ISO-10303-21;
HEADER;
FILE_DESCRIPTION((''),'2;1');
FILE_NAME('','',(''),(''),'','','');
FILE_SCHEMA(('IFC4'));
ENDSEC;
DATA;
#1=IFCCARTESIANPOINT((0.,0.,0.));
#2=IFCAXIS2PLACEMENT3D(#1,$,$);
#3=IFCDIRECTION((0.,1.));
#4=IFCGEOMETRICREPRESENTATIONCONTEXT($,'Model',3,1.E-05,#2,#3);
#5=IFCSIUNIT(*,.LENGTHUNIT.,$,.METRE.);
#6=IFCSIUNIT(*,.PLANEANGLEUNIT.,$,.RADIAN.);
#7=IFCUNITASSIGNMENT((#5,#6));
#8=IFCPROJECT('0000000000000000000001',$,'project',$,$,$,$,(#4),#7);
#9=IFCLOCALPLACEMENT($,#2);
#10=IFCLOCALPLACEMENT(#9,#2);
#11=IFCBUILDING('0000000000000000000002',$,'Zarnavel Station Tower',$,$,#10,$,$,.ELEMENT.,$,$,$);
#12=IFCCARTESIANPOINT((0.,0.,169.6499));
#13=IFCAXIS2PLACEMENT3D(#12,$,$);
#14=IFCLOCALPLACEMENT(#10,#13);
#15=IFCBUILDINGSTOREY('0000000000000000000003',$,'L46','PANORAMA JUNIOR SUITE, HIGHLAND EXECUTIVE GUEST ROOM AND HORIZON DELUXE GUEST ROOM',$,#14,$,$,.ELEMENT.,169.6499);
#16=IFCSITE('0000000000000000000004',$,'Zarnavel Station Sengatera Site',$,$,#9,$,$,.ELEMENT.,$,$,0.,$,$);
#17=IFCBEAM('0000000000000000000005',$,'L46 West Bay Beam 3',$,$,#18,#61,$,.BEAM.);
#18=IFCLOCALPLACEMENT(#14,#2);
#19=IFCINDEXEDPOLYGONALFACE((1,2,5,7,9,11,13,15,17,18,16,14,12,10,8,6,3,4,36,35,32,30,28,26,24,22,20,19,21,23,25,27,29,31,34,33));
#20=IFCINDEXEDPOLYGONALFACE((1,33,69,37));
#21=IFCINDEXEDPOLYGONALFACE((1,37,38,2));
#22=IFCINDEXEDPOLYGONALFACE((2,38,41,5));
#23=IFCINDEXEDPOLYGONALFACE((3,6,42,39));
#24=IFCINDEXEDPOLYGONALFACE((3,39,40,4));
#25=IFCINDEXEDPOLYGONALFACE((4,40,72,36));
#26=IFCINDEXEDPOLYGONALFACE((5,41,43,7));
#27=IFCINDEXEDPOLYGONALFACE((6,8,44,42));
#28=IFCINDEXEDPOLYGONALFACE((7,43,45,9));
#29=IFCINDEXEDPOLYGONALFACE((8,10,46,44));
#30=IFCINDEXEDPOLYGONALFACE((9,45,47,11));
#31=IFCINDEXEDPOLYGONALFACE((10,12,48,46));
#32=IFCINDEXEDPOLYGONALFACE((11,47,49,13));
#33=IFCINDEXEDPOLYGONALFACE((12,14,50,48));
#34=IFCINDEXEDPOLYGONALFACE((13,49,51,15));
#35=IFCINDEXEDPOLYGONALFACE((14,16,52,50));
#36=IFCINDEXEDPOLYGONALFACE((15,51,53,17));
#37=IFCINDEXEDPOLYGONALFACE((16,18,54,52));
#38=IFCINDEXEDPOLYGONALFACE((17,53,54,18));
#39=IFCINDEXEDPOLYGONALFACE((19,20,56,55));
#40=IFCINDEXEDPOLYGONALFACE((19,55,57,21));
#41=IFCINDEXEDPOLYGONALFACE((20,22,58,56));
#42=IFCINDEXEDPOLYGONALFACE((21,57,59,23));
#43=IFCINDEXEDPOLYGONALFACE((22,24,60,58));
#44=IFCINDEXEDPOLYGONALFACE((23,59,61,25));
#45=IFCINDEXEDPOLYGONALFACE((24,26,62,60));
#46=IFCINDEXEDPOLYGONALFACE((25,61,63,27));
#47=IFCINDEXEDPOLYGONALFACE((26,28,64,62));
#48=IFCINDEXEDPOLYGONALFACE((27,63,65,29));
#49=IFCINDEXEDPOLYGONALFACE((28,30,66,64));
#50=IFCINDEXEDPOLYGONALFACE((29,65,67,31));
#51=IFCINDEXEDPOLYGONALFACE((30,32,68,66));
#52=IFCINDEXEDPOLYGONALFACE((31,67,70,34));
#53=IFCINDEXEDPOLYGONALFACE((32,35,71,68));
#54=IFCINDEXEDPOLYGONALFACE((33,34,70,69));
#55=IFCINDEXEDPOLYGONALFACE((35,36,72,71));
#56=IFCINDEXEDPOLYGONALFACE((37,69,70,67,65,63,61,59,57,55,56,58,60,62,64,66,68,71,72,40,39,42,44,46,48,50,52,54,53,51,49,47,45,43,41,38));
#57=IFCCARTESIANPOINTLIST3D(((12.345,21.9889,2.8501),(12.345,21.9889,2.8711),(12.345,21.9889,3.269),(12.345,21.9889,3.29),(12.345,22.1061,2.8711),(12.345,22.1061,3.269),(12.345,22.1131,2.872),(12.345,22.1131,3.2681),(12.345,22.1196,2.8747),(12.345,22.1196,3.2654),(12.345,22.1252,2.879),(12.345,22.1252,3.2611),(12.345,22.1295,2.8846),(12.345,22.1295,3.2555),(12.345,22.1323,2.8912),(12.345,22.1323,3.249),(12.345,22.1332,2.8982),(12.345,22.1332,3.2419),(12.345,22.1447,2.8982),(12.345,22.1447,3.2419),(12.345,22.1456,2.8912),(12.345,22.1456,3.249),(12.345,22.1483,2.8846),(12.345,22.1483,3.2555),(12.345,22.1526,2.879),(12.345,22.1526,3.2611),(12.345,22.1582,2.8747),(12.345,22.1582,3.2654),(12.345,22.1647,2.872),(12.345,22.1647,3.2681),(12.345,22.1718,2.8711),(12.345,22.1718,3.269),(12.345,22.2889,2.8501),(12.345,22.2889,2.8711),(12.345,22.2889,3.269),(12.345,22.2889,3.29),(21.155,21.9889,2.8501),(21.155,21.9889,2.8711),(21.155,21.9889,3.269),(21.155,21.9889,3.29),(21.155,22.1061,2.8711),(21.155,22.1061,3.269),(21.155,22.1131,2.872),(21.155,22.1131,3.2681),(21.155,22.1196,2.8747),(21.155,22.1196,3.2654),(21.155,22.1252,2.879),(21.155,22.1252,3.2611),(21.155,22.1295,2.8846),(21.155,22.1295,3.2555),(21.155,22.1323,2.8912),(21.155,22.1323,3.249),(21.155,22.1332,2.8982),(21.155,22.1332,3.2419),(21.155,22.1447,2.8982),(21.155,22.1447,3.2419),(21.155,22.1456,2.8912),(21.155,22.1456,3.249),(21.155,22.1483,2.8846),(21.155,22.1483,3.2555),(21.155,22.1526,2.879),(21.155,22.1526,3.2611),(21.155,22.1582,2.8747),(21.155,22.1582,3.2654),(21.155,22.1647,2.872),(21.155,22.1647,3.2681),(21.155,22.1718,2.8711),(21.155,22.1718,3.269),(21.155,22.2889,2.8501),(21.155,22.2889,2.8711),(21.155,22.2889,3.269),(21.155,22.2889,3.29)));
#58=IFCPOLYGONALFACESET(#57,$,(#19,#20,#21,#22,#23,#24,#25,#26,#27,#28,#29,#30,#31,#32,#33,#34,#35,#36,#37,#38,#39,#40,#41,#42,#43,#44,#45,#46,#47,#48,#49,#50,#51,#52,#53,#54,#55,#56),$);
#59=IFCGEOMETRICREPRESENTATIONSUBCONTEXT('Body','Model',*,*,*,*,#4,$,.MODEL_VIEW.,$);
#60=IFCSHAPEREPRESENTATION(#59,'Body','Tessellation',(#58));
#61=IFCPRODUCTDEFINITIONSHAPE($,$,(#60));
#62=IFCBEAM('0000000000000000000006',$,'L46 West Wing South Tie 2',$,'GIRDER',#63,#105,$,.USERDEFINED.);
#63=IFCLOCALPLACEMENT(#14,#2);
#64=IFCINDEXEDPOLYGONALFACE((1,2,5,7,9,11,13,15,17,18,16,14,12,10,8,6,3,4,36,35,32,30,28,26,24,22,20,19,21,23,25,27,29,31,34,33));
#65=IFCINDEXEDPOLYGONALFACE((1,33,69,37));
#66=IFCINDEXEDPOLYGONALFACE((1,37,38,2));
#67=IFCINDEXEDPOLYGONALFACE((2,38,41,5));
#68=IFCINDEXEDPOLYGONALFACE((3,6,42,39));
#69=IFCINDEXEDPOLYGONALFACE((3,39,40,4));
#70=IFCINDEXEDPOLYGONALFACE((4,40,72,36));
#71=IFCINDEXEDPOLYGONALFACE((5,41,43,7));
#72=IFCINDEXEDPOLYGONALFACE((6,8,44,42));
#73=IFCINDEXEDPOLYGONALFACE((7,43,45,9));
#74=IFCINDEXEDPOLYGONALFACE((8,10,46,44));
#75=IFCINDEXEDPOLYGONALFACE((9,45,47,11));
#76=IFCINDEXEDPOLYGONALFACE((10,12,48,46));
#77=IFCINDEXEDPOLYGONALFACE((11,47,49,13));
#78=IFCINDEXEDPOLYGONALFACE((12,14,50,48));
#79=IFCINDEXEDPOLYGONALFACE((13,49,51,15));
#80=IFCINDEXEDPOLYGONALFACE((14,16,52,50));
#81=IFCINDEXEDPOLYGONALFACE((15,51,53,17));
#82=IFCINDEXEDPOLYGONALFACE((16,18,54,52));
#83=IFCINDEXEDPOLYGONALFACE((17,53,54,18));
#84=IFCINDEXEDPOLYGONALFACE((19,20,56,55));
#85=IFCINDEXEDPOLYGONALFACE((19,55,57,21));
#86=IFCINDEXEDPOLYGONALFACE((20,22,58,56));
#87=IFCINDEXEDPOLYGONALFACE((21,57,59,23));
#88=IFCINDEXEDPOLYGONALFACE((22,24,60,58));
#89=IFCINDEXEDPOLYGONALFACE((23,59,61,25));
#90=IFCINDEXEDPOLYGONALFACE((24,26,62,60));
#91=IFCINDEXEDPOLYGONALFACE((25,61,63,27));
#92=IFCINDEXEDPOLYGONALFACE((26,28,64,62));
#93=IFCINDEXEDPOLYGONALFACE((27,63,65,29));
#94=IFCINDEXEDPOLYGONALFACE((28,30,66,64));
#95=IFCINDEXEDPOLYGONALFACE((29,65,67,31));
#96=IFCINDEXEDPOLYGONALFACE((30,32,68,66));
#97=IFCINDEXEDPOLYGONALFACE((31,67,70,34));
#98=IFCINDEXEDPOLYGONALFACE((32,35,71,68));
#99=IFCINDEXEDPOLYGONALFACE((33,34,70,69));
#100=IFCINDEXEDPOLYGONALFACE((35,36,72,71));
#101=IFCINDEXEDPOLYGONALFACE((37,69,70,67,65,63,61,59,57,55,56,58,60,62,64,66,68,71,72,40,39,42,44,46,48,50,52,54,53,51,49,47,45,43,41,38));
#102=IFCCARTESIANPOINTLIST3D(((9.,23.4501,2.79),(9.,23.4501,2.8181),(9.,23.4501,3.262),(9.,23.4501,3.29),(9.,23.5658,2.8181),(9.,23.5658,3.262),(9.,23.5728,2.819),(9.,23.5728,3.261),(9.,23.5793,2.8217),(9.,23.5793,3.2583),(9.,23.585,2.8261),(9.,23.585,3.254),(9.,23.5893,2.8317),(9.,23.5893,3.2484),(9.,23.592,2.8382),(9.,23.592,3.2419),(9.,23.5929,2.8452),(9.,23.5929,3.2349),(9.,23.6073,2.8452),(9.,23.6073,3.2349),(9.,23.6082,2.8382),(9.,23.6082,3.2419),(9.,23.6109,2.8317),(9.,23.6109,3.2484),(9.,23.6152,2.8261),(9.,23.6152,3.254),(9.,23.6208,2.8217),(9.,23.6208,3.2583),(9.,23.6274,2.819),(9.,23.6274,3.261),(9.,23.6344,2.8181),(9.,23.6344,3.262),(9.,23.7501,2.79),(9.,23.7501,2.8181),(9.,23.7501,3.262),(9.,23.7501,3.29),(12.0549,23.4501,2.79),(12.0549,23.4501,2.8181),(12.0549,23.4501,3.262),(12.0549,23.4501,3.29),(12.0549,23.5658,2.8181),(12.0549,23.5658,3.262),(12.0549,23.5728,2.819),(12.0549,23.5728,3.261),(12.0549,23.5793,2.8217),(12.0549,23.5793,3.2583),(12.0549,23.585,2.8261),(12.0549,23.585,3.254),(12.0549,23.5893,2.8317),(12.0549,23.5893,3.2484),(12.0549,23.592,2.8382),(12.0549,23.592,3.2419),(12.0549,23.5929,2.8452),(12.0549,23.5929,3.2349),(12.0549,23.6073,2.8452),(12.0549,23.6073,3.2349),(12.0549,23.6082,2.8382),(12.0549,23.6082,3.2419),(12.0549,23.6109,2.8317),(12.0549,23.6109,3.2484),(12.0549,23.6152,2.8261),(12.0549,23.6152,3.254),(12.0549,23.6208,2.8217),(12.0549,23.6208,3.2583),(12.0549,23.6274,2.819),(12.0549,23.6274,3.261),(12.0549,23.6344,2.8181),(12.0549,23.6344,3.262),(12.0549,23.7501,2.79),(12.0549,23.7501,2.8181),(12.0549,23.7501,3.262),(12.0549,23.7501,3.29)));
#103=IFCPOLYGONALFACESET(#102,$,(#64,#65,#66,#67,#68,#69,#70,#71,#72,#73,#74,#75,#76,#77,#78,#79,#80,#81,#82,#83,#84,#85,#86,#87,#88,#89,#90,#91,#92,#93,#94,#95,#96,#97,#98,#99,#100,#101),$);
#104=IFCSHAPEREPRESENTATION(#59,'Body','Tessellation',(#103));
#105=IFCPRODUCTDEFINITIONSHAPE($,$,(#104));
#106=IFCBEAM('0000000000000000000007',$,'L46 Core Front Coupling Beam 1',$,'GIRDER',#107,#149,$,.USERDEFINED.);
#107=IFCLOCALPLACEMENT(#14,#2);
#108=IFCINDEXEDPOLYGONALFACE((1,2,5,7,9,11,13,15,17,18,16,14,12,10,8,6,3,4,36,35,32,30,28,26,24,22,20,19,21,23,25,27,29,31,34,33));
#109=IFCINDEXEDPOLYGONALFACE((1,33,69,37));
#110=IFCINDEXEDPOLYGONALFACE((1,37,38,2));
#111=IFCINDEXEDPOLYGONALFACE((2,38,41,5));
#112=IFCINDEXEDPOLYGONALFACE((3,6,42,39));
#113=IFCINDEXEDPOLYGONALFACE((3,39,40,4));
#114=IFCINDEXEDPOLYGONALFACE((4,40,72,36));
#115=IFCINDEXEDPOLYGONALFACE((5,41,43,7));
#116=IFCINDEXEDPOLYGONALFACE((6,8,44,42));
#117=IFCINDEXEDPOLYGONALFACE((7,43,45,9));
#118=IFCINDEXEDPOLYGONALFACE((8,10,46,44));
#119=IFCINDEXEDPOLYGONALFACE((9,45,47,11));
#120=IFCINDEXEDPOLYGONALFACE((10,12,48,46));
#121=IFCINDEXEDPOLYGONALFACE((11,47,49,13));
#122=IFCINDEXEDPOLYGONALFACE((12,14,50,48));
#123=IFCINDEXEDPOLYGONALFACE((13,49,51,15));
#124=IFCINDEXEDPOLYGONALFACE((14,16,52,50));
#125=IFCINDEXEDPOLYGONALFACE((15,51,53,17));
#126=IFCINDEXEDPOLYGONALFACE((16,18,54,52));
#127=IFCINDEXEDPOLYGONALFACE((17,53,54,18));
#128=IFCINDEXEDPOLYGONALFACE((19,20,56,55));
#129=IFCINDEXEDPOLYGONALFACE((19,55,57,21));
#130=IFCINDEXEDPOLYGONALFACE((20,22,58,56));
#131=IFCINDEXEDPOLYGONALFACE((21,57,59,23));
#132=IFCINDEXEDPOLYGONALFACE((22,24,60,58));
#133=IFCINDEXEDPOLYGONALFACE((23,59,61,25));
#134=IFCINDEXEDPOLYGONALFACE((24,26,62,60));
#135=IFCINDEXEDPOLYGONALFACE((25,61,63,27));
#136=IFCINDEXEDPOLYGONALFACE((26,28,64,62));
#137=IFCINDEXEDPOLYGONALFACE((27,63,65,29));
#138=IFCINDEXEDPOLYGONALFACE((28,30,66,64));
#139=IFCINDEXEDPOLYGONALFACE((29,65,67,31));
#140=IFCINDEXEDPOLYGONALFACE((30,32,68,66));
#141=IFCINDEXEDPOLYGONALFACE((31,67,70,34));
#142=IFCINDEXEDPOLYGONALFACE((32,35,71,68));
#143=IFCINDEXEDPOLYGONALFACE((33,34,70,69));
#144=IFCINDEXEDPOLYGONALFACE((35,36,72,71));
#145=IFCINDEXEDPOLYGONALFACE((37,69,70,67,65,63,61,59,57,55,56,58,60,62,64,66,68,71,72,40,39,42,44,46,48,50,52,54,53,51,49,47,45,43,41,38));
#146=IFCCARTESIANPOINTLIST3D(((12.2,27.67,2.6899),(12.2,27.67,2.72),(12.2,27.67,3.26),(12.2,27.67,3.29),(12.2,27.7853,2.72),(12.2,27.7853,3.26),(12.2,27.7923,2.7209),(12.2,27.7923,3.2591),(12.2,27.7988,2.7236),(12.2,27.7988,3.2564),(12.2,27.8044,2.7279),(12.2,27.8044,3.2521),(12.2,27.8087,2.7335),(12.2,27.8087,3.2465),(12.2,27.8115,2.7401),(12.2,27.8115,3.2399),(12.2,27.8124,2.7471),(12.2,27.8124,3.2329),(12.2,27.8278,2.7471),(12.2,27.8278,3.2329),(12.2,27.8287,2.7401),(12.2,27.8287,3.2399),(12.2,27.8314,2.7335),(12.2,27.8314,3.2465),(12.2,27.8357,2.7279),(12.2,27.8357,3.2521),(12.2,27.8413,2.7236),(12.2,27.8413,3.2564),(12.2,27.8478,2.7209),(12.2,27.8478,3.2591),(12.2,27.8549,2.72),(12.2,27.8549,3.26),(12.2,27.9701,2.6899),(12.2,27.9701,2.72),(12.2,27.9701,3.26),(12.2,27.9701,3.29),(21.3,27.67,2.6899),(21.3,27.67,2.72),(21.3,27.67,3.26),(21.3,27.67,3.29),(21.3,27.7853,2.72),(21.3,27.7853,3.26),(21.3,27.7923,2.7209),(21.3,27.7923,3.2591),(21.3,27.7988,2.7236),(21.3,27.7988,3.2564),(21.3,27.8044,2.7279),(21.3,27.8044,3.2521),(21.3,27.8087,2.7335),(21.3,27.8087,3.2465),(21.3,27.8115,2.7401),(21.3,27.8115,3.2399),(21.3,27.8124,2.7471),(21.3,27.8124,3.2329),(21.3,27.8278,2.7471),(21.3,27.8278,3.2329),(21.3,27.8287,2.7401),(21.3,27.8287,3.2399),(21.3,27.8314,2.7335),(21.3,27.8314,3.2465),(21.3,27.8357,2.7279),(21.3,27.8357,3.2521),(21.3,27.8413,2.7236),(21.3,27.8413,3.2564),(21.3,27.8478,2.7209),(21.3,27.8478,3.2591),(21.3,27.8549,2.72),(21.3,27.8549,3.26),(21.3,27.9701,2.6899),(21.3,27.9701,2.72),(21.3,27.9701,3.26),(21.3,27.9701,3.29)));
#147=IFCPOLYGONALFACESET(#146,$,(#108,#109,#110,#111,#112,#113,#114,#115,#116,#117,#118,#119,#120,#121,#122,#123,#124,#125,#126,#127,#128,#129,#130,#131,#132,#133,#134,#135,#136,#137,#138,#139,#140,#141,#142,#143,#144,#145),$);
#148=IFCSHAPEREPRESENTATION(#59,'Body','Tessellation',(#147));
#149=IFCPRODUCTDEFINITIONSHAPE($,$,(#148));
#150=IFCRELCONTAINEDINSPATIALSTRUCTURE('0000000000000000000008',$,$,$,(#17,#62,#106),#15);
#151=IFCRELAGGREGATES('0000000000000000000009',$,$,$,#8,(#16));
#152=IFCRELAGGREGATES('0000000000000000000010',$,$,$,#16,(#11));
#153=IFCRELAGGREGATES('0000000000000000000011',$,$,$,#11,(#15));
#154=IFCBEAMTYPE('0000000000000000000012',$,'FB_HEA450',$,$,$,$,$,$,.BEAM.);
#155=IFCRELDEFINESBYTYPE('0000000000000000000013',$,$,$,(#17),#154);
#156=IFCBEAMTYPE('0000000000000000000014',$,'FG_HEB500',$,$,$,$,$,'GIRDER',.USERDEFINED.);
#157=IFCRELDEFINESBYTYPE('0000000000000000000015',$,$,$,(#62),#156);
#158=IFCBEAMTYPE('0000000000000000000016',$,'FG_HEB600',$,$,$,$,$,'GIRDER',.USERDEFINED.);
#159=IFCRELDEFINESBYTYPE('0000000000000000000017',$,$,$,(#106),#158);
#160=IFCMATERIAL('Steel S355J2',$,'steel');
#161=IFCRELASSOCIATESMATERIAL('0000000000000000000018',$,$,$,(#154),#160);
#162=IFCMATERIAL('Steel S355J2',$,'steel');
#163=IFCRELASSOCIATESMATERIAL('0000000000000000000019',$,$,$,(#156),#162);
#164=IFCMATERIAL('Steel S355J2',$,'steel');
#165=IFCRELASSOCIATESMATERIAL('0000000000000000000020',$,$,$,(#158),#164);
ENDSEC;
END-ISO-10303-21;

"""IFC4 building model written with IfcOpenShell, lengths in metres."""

from ifc_helpers import new_model, si_unit, direction, frame, origin, origin_2d, place, context, subcontext, project, spatial, i_section, extrude, material, material_profile, profile_set, type_object, element, save


model = new_model("IFC4")

# Units and contexts
model_context = context("Model", 3, precision=1e-05, world=origin(), true_north=direction((0.0, 1.0)))
body_context = subcontext(model_context, "Body", "Model", "MODEL_VIEW")
ifc_project = project(units=[si_unit("LENGTHUNIT", "METRE"), si_unit("PLANEANGLEUNIT", "RADIAN")], contexts=[model_context])

# Site, building, storey
site_placement = place(None, origin())
site = spatial("IfcSite", under=ifc_project, at=site_placement, Name="Zarnavel Station Sengatera Site", CompositionType="ELEMENT", RefElevation=0.0)
building_placement = place(site_placement, origin())
building = spatial("IfcBuilding", under=site, at=building_placement, Name="Zarnavel Station Tower", CompositionType="ELEMENT")
storey_placement = place(building_placement, frame((0.0, 0.0, 169.6499)))
storey = spatial("IfcBuildingStorey", under=building, at=storey_placement, Name="L46", Description="PANORAMA JUNIOR SUITE, HIGHLAND EXECUTIVE GUEST ROOM AND HORIZON DELUXE GUEST ROOM", CompositionType="ELEMENT", Elevation=169.6499)

# Beams
ifc_material_1 = material(Name="Steel S355J2", Category="steel")
ifc_material_profile_1 = material_profile(ifc_material_1, i_section(OverallWidth=0.3, OverallDepth=0.4399, WebThickness=0.0115, FlangeThickness=0.021, FilletRadius=0.0271, at=origin_2d()), Name="HEA450")
ifc_profile_set_1 = profile_set([ifc_material_profile_1], Name="Steel S355J2")
beam_type_1 = type_object("IfcBeamType", Name="FB_HEA450", PredefinedType="BEAM", material=ifc_profile_set_1)
beam_1_placement = place(storey_placement, frame((12.345, 22.1389, 3.0701), z_axis=(1.0, 0.0, 0.0), x_axis=(0.0, 1.0, 0.0)))
element("IfcBeam", 1, at=beam_1_placement, inside=storey, type_object=beam_type_1, Name="L46 West Bay Beam 3", PredefinedType="BEAM", context=body_context, shape_type="SweptSolid", body=[
    extrude(i_section(OverallWidth=0.3, OverallDepth=0.4399, WebThickness=0.0115, FlangeThickness=0.021, FilletRadius=0.0271, at=origin_2d()), origin(), (0.0, 0.0, 1.0), 8.8101),
])
ifc_material_2 = material(Name="Steel S355J2", Category="steel")
ifc_material_profile_2 = material_profile(ifc_material_2, i_section(OverallWidth=0.3, OverallDepth=0.5, WebThickness=0.0144, FlangeThickness=0.0281, FilletRadius=0.0271, at=origin_2d()), Name="HEB500")
ifc_profile_set_2 = profile_set([ifc_material_profile_2], Name="Steel S355J2")
beam_type_2 = type_object("IfcBeamType", Name="FG_HEB500", ElementType="GIRDER", PredefinedType="USERDEFINED", material=ifc_profile_set_2)
beam_2_placement = place(storey_placement, frame((9.0, 23.6001, 3.04), z_axis=(1.0, 0.0, 0.0), x_axis=(0.0, 1.0, 0.0)))
element("IfcBeam", 2, at=beam_2_placement, inside=storey, type_object=beam_type_2, Name="L46 West Wing South Tie 2", ObjectType="GIRDER", PredefinedType="USERDEFINED", context=body_context, shape_type="SweptSolid", body=[
    extrude(i_section(OverallWidth=0.3, OverallDepth=0.5, WebThickness=0.0144, FlangeThickness=0.0281, FilletRadius=0.0271, at=origin_2d()), origin(), (0.0, 0.0, 1.0), 3.0549),
])
ifc_material_3 = material(Name="Steel S355J2", Category="steel")
ifc_material_profile_3 = material_profile(ifc_material_3, i_section(OverallWidth=0.3, OverallDepth=0.6001, WebThickness=0.0154, FlangeThickness=0.03, FilletRadius=0.0271, at=origin_2d()), Name="HEB600")
ifc_profile_set_3 = profile_set([ifc_material_profile_3], Name="Steel S355J2")
beam_type_3 = type_object("IfcBeamType", Name="FG_HEB600", ElementType="GIRDER", PredefinedType="USERDEFINED", material=ifc_profile_set_3)
beam_3_placement = place(storey_placement, frame((12.2, 27.8201, 2.99), z_axis=(1.0, 0.0, 0.0), x_axis=(0.0, 1.0, 0.0)))
element("IfcBeam", 3, at=beam_3_placement, inside=storey, type_object=beam_type_3, Name="L46 Core Front Coupling Beam 1", ObjectType="GIRDER", PredefinedType="USERDEFINED", context=body_context, shape_type="SweptSolid", body=[
    extrude(i_section(OverallWidth=0.3, OverallDepth=0.6001, WebThickness=0.0154, FlangeThickness=0.03, FilletRadius=0.0271, at=origin_2d()), origin(), (0.0, 0.0, 1.0), 9.1001),
])

save(model, "model.ifc")
